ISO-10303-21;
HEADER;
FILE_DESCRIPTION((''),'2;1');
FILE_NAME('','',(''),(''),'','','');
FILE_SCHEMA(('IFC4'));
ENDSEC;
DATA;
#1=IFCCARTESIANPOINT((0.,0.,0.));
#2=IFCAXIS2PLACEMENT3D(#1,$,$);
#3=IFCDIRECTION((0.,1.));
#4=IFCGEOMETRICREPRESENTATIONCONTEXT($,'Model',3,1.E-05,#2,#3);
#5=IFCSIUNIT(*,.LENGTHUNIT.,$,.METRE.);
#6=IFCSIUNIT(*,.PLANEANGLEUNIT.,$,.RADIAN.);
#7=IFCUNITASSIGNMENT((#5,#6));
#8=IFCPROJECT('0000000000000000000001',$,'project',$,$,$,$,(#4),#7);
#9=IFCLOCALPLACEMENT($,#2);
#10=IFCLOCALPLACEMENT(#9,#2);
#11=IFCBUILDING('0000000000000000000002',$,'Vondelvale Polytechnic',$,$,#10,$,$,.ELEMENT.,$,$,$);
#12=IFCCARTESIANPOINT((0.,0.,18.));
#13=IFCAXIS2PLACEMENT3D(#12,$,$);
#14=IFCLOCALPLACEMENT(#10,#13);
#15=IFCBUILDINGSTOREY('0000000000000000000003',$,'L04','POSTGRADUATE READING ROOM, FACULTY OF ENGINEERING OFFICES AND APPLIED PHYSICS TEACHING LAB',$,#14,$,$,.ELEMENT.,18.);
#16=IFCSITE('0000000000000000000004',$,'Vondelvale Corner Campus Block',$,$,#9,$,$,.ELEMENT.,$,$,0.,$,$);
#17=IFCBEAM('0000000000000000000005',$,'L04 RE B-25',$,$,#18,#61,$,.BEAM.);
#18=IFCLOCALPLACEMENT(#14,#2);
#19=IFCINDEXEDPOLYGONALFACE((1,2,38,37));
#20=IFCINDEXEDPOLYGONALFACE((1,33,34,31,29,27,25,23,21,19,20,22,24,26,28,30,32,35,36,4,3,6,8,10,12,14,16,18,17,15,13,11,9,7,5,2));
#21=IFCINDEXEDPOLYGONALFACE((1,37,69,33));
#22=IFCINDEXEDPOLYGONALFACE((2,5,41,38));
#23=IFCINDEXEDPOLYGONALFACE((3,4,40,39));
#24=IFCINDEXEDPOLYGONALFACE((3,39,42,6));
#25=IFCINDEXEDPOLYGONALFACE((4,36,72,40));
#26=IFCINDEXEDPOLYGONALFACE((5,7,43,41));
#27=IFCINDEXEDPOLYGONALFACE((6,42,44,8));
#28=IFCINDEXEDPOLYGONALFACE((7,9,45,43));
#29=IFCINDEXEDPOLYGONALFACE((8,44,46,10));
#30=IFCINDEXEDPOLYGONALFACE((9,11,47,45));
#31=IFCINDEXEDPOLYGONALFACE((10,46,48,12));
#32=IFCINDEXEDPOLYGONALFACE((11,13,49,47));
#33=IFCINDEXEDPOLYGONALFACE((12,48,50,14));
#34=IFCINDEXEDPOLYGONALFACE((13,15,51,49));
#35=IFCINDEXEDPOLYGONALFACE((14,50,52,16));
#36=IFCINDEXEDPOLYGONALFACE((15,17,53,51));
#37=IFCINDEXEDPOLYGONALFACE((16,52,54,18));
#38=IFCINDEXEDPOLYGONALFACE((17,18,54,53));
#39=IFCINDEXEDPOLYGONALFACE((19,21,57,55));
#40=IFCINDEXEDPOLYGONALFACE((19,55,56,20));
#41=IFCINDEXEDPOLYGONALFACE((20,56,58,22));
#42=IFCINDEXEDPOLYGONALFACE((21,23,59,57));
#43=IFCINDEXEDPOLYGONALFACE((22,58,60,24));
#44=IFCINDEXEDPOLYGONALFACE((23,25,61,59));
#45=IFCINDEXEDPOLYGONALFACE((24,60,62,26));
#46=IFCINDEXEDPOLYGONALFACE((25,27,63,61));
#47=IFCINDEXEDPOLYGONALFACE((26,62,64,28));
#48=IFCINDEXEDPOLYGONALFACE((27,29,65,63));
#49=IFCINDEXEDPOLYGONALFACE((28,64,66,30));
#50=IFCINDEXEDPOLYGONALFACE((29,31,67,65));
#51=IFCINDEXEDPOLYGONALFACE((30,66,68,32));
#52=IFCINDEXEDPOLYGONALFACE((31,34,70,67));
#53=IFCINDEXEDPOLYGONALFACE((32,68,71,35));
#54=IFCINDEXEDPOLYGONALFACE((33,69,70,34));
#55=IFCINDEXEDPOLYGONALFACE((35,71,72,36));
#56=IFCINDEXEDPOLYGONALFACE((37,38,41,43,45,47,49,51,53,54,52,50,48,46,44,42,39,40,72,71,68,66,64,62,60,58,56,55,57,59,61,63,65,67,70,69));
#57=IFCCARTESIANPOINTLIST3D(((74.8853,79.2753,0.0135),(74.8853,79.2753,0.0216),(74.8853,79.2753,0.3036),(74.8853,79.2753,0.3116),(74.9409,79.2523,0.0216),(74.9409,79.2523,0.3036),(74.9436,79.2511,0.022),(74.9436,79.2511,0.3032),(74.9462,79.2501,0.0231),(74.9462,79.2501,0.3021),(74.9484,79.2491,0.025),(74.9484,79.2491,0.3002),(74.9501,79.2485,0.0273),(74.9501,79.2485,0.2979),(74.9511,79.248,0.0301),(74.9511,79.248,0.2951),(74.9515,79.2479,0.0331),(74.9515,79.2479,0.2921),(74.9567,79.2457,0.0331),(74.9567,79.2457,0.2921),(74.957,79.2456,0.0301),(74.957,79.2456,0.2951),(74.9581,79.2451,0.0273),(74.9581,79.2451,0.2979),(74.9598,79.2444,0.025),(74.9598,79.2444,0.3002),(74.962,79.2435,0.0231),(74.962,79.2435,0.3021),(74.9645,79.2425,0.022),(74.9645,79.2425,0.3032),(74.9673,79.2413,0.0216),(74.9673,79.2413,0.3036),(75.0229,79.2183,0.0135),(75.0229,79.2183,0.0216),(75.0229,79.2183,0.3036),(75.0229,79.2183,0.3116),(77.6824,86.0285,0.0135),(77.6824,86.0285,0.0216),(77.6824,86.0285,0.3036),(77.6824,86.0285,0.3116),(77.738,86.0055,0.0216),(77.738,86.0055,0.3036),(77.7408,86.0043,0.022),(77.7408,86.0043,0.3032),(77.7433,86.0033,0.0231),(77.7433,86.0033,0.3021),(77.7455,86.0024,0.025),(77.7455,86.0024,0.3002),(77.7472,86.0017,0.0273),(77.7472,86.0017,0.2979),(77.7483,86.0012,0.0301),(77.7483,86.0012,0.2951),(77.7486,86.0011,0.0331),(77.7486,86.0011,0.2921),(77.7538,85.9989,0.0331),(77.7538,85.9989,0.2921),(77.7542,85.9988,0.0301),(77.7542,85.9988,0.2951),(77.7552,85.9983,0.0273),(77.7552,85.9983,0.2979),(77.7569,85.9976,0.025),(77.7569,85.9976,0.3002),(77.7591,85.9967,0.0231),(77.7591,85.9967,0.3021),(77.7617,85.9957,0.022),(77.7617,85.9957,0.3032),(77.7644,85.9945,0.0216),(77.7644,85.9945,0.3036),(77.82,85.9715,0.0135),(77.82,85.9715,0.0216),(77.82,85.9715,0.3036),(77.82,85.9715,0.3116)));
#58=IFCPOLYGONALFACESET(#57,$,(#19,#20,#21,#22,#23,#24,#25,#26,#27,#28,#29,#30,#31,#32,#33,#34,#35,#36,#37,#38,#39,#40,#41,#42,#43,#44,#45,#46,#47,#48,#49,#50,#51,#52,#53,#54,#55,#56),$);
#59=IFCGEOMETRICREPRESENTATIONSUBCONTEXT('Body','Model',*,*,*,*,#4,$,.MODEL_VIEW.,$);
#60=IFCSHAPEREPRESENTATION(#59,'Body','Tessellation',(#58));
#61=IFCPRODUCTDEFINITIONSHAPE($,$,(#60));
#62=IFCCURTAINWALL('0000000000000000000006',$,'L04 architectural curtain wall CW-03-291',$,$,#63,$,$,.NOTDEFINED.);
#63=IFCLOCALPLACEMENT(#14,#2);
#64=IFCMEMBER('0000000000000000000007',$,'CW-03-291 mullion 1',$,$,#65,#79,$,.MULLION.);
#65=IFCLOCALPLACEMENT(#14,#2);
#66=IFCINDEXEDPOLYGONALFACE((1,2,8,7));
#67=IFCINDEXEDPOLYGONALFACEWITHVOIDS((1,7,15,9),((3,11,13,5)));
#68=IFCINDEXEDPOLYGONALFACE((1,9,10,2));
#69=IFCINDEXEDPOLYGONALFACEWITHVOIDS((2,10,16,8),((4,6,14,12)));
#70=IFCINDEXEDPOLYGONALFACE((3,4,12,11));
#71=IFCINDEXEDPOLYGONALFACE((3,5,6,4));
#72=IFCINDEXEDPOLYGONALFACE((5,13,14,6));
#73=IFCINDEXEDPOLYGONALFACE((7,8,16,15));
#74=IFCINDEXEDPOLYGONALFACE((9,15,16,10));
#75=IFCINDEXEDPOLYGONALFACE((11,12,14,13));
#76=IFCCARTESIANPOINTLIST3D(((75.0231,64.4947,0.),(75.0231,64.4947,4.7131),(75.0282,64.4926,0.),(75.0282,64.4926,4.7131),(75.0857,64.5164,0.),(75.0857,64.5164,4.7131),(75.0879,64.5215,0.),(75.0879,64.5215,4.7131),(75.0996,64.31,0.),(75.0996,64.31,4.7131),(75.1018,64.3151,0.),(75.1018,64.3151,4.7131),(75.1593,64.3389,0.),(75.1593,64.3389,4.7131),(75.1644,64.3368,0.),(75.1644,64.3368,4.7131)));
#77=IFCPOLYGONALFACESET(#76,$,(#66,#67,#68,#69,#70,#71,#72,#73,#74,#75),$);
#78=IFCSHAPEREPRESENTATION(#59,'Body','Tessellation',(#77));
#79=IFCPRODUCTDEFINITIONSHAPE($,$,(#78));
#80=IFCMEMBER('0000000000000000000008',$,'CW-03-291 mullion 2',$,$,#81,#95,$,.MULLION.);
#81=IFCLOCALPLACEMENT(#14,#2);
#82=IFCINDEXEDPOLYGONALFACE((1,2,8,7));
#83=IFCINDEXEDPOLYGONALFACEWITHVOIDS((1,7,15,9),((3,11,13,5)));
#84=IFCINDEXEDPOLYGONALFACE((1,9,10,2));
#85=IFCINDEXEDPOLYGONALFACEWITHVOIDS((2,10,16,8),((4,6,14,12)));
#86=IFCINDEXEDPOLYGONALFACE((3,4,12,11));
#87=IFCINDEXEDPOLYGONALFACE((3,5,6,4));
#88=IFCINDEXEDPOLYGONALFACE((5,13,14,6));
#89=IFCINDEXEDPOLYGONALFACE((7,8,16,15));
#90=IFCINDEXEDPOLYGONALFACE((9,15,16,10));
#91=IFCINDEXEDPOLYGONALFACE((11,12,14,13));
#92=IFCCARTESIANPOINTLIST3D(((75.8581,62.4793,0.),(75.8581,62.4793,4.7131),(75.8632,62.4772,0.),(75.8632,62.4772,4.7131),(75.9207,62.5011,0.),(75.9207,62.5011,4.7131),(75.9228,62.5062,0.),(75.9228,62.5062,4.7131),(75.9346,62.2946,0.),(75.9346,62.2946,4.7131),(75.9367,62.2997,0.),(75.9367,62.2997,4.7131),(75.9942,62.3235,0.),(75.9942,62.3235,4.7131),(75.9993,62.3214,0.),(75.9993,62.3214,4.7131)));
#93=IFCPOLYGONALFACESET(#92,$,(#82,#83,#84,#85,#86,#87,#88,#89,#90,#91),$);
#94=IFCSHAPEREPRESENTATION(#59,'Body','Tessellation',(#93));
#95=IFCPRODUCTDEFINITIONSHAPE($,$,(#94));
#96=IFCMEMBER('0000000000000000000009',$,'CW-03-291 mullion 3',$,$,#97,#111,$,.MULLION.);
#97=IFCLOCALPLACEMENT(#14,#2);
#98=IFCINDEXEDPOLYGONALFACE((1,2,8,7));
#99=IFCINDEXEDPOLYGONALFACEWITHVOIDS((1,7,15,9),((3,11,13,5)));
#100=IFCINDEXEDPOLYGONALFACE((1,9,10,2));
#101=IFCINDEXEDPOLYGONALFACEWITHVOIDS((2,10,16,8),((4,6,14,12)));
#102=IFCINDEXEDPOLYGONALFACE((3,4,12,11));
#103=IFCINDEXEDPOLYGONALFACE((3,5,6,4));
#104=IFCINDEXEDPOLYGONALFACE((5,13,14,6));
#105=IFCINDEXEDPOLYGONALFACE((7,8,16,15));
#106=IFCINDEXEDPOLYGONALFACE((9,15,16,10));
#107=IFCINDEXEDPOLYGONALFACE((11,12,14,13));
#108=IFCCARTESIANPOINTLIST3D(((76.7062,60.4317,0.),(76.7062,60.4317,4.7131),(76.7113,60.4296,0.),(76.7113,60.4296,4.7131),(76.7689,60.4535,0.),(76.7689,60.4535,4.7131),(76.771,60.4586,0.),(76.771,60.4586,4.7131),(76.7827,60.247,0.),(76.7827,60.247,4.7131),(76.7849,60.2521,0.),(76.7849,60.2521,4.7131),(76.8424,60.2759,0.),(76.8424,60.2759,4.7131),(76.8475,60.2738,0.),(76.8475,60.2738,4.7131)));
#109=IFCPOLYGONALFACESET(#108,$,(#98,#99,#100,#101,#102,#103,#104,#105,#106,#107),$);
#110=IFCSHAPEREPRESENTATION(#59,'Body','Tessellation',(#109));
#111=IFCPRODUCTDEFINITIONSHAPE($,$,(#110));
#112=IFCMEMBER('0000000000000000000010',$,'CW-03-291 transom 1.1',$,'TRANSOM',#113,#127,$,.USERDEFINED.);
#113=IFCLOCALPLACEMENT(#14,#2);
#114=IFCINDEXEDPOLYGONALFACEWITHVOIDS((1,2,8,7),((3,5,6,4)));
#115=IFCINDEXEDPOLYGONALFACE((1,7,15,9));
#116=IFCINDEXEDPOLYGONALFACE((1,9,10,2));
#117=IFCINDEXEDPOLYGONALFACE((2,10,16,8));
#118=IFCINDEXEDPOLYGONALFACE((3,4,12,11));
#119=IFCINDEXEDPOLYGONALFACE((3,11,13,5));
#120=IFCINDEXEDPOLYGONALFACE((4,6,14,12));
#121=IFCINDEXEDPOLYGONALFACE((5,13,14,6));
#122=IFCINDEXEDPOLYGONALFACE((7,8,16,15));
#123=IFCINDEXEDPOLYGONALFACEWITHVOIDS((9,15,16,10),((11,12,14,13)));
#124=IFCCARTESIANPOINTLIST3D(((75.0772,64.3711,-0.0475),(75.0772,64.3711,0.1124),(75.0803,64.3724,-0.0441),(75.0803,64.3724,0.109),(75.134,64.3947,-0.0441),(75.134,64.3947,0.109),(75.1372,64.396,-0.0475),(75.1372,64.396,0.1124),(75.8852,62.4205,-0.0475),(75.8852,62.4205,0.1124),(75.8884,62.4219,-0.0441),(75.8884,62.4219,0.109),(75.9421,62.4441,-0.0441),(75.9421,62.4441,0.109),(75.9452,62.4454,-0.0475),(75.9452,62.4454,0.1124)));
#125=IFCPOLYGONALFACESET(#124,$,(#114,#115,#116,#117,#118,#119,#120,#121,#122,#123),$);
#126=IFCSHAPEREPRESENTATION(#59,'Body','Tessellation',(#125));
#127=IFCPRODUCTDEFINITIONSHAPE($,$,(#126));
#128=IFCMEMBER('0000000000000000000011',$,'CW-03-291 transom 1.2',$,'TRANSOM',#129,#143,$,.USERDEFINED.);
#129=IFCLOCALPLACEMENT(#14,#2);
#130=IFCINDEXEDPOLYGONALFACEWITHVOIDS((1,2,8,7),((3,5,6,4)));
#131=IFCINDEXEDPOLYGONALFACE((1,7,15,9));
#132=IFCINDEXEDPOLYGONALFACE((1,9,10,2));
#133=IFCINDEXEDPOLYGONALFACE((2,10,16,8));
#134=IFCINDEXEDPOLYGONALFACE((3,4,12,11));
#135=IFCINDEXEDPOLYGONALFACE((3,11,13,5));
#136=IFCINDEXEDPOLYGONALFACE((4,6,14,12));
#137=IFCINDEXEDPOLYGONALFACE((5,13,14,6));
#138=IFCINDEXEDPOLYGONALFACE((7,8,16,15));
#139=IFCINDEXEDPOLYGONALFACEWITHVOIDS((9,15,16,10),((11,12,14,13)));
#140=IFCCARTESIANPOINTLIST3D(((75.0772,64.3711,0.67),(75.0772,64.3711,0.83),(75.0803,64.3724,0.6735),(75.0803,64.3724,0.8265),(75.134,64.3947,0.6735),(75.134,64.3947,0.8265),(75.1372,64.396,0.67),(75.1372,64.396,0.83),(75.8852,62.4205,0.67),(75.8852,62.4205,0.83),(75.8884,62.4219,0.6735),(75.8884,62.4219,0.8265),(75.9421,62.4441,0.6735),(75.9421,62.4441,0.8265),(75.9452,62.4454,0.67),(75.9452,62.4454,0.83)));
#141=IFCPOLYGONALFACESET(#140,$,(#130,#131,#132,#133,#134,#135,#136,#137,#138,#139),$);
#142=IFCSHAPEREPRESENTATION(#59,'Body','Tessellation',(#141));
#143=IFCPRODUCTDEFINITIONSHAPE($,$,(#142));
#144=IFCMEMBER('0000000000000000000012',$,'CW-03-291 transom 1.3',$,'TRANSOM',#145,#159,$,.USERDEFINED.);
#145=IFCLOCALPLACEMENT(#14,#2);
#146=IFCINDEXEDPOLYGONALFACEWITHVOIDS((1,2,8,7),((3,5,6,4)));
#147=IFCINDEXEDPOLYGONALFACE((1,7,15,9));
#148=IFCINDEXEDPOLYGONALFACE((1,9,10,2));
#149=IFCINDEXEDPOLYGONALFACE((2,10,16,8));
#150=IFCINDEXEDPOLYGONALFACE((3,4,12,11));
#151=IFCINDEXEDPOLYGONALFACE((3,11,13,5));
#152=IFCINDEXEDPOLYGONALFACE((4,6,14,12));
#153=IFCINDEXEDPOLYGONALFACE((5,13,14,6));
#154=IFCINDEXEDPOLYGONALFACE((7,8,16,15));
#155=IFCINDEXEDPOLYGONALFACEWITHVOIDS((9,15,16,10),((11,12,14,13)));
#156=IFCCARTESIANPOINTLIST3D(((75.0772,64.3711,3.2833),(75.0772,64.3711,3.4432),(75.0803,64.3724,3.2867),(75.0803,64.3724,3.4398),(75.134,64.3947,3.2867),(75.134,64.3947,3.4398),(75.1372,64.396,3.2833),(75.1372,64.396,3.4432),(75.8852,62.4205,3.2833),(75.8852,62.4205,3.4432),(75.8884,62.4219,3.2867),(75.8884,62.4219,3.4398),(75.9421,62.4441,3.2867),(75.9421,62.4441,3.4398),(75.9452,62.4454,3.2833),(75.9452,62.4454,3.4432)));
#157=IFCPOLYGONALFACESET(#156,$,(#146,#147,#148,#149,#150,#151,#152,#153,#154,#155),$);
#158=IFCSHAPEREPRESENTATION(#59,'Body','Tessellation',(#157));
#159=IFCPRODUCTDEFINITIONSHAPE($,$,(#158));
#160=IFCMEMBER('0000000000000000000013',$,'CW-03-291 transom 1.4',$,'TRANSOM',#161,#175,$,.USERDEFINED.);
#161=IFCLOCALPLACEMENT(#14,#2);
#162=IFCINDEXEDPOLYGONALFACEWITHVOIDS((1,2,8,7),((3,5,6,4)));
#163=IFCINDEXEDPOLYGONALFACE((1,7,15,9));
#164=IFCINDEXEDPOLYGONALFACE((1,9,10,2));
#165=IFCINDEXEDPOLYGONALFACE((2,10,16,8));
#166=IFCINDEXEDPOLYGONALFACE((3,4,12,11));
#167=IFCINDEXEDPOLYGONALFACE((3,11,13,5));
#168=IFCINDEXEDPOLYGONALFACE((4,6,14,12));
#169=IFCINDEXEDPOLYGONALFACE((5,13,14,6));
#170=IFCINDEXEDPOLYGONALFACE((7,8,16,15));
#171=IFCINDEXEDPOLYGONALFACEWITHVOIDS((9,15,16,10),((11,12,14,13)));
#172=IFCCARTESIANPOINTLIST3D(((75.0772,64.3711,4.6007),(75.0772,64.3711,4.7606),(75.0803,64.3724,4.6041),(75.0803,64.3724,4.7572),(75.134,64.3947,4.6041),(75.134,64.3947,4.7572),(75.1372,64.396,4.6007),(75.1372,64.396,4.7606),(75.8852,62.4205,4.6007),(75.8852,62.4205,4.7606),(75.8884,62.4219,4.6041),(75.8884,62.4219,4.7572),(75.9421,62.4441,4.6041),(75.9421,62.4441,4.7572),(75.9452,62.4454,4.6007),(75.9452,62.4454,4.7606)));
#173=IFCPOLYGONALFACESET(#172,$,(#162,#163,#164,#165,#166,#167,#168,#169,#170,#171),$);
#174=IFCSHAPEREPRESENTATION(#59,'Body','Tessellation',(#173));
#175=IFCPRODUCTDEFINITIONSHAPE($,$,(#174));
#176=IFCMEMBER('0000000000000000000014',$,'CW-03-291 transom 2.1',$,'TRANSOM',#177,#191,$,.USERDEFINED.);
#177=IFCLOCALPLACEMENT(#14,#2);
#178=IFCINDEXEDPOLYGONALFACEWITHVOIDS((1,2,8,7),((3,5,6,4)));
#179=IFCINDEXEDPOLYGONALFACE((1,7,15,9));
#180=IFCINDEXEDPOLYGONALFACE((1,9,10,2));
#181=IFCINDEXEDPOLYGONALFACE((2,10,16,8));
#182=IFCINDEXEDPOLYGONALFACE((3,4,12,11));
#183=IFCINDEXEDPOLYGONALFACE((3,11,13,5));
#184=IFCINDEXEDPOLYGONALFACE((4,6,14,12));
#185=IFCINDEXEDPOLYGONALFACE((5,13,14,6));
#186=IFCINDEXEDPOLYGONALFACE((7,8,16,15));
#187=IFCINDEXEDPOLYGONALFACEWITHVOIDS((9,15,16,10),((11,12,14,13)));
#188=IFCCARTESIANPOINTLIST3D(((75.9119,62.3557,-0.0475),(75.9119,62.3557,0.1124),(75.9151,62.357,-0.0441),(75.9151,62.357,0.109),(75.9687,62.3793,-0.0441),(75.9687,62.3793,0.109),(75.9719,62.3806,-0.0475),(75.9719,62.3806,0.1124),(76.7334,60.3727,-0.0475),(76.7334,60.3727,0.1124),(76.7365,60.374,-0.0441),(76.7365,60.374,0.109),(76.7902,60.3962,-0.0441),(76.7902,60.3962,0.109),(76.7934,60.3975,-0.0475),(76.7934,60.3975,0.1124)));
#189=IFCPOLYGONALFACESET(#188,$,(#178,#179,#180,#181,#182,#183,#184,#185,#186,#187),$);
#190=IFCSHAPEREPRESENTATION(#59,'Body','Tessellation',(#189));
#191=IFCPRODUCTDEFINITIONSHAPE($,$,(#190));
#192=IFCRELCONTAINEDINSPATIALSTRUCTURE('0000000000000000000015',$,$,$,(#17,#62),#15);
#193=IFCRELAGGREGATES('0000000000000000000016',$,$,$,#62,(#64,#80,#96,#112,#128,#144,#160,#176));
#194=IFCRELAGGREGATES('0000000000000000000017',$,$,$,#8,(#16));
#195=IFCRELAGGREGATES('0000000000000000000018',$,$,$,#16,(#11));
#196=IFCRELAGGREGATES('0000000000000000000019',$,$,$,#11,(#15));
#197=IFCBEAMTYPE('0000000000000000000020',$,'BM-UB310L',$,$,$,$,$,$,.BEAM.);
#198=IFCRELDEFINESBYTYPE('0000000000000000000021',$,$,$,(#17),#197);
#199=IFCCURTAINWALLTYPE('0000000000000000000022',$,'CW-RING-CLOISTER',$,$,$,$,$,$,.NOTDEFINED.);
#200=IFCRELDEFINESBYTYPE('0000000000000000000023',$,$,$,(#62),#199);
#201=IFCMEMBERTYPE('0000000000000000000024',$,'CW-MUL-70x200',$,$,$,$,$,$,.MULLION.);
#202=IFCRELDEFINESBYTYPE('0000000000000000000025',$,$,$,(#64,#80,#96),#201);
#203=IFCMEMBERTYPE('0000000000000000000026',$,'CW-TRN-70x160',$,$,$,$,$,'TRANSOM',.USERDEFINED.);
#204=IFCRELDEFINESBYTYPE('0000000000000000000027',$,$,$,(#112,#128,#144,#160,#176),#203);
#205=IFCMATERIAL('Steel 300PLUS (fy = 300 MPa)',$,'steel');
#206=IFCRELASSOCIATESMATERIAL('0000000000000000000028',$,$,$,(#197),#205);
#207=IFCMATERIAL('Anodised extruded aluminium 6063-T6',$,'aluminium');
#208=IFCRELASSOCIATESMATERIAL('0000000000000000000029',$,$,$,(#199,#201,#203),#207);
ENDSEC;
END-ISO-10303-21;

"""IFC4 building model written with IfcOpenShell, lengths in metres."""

from ifc_helpers import new_model, si_unit, direction, frame, origin, origin_2d, place, context, subcontext, project, spatial, hollow_rectangle, i_section, extrude, material, material_profile, profile_set, type_object, element, aggregate, save


model = new_model("IFC4")

# Units and contexts
model_context = context("Model", 3, precision=1e-05, world=origin(), true_north=direction((0.0, 1.0)))
body_context = subcontext(model_context, "Body", "Model", "MODEL_VIEW")
ifc_project = project(units=[si_unit("LENGTHUNIT", "METRE"), si_unit("PLANEANGLEUNIT", "RADIAN")], contexts=[model_context])

# Site, building, storey
site_placement = place(None, origin())
site = spatial("IfcSite", under=ifc_project, at=site_placement, Name="Vondelvale Corner Campus Block", CompositionType="ELEMENT", RefElevation=0.0)
building_placement = place(site_placement, origin())
building = spatial("IfcBuilding", under=site, at=building_placement, Name="Vondelvale Polytechnic", CompositionType="ELEMENT")
storey_placement = place(building_placement, frame((0.0, 0.0, 18.0)))
storey = spatial("IfcBuildingStorey", under=building, at=storey_placement, Name="L04", Description="POSTGRADUATE READING ROOM, FACULTY OF ENGINEERING OFFICES AND APPLIED PHYSICS TEACHING LAB", CompositionType="ELEMENT", Elevation=18.0)

# Beam
ifc_material_1 = material(Name="Steel 300PLUS (fy = 300 MPa)", Category="steel")
ifc_material_profile_1 = material_profile(ifc_material_1, i_section(OverallWidth=0.1489, OverallDepth=0.2981, WebThickness=0.0056, FlangeThickness=0.0081, FilletRadius=0.0115, at=origin_2d()), Name="310UB32.0")
ifc_profile_set_1 = profile_set([ifc_material_profile_1], Name="Steel 300PLUS (fy = 300 MPa)")
beam_type = type_object("IfcBeamType", Name="BM-UB310L", PredefinedType="BEAM", material=ifc_profile_set_1)
beam_placement = place(storey_placement, frame((77.7512, 86.0, 0.1626), z_axis=(-0.382667, -0.923886, 0.0), x_axis=(0.923886, -0.382667, 0.0)))
element("IfcBeam", 1, at=beam_placement, inside=storey, type_object=beam_type, Name="L04 RE B-25", PredefinedType="BEAM", context=body_context, shape_type="SweptSolid", body=[
    extrude(i_section(OverallWidth=0.1489, OverallDepth=0.2981, WebThickness=0.0056, FlangeThickness=0.0081, FilletRadius=0.0115, at=origin_2d()), origin(), (0.0, 0.0, 1.0), 7.3096),
])

# Curtain wall, members
ifc_material_2 = material(Name="Anodised extruded aluminium 6063-T6", Category="aluminium")
curtain_wall_type = type_object("IfcCurtainWallType", Name="CW-RING-CLOISTER", PredefinedType="NOTDEFINED", material=ifc_material_2)
curtain_wall_placement = place(storey_placement, origin())
curtain_wall = element("IfcCurtainWall", 2, at=curtain_wall_placement, inside=storey, type_object=curtain_wall_type, Name="L04 architectural curtain wall CW-03-291", PredefinedType="NOTDEFINED")
ifc_material_profile_2 = material_profile(ifc_material_2, hollow_rectangle(XDim=0.0701, YDim=0.2, WallThickness=0.0039, at=origin_2d()), Name="CW-MUL-200x70")
ifc_profile_set_2 = profile_set([ifc_material_profile_2], Name="Anodised extruded aluminium 6063-T6")
member_type_1 = type_object("IfcMemberType", Name="CW-MUL-70x200", PredefinedType="MULLION", material=ifc_profile_set_2)
member_1_placement = place(storey_placement, frame((75.0938, 64.4158, 0.0), z_axis=(0.0, 0.0, 1.0), x_axis=(0.923882, 0.382679, 0.0)))
member_1 = element("IfcMember", 3, at=member_1_placement, type_object=member_type_1, Name="CW-03-291 mullion 1", PredefinedType="MULLION", context=body_context, shape_type="SweptSolid", body=[
    extrude(hollow_rectangle(XDim=0.0701, YDim=0.2, WallThickness=0.0039, at=origin_2d()), origin(), (0.0, 0.0, 1.0), 4.7131),
])
member_2_placement = place(storey_placement, frame((75.9287, 62.4004, 0.0), z_axis=(0.0, 0.0, 1.0), x_axis=(0.923882, 0.382679, 0.0)))
member_2 = element("IfcMember", 4, at=member_2_placement, type_object=member_type_1, Name="CW-03-291 mullion 2", PredefinedType="MULLION", context=body_context, shape_type="SweptSolid", body=[
    extrude(hollow_rectangle(XDim=0.0701, YDim=0.2, WallThickness=0.0039, at=origin_2d()), origin(), (0.0, 0.0, 1.0), 4.7131),
])
member_3_placement = place(storey_placement, frame((76.7769, 60.3528, 0.0), z_axis=(0.0, 0.0, 1.0), x_axis=(0.923882, 0.382679, 0.0)))
member_3 = element("IfcMember", 5, at=member_3_placement, type_object=member_type_1, Name="CW-03-291 mullion 3", PredefinedType="MULLION", context=body_context, shape_type="SweptSolid", body=[
    extrude(hollow_rectangle(XDim=0.0701, YDim=0.2, WallThickness=0.0039, at=origin_2d()), origin(), (0.0, 0.0, 1.0), 4.7131),
])
ifc_material_profile_3 = material_profile(ifc_material_2, hollow_rectangle(XDim=0.0649, YDim=0.1599, WallThickness=0.0034, at=origin_2d()), Name="CW-TRN-160x65")
ifc_profile_set_3 = profile_set([ifc_material_profile_3], Name="Anodised extruded aluminium 6063-T6")
member_type_2 = type_object("IfcMemberType", Name="CW-TRN-70x160", ElementType="TRANSOM", PredefinedType="USERDEFINED", material=ifc_profile_set_3)
member_4_placement = place(storey_placement, frame((75.1072, 64.3835, 0.0325), z_axis=(0.382726, -0.923862, 0.0), x_axis=(0.923862, 0.382726, 0.0)))
member_4 = element("IfcMember", 6, at=member_4_placement, type_object=member_type_2, Name="CW-03-291 transom 1.1", ObjectType="TRANSOM", PredefinedType="USERDEFINED", context=body_context, shape_type="SweptSolid", body=[
    extrude(hollow_rectangle(XDim=0.0649, YDim=0.1599, WallThickness=0.0034, at=origin_2d()), origin(), (0.0, 0.0, 1.0), 2.1113),
])
member_5_placement = place(storey_placement, frame((75.1072, 64.3835, 0.75), z_axis=(0.382726, -0.923862, 0.0), x_axis=(0.923862, 0.382726, 0.0)))
member_5 = element("IfcMember", 7, at=member_5_placement, type_object=member_type_2, Name="CW-03-291 transom 1.2", ObjectType="TRANSOM", PredefinedType="USERDEFINED", context=body_context, shape_type="SweptSolid", body=[
    extrude(hollow_rectangle(XDim=0.0649, YDim=0.1599, WallThickness=0.0034, at=origin_2d()), origin(), (0.0, 0.0, 1.0), 2.1113),
])
member_6_placement = place(storey_placement, frame((75.1072, 64.3835, 3.3633), z_axis=(0.382726, -0.923862, 0.0), x_axis=(0.923862, 0.382726, 0.0)))
member_6 = element("IfcMember", 8, at=member_6_placement, type_object=member_type_2, Name="CW-03-291 transom 1.3", ObjectType="TRANSOM", PredefinedType="USERDEFINED", context=body_context, shape_type="SweptSolid", body=[
    extrude(hollow_rectangle(XDim=0.0649, YDim=0.1599, WallThickness=0.0034, at=origin_2d()), origin(), (0.0, 0.0, 1.0), 2.1113),
])
member_7_placement = place(storey_placement, frame((75.1072, 64.3835, 4.6807), z_axis=(0.382726, -0.923862, 0.0), x_axis=(0.923862, 0.382726, 0.0)))
member_7 = element("IfcMember", 9, at=member_7_placement, type_object=member_type_2, Name="CW-03-291 transom 1.4", ObjectType="TRANSOM", PredefinedType="USERDEFINED", context=body_context, shape_type="SweptSolid", body=[
    extrude(hollow_rectangle(XDim=0.0649, YDim=0.1599, WallThickness=0.0034, at=origin_2d()), origin(), (0.0, 0.0, 1.0), 2.1113),
])
member_8_placement = place(storey_placement, frame((75.9419, 62.3682, 0.0325), z_axis=(0.382717, -0.923866, 0.0), x_axis=(0.923866, 0.382717, 0.0)))
member_8 = element("IfcMember", 10, at=member_8_placement, type_object=member_type_2, Name="CW-03-291 transom 2.1", ObjectType="TRANSOM", PredefinedType="USERDEFINED", context=body_context, shape_type="SweptSolid", body=[
    extrude(hollow_rectangle(XDim=0.0649, YDim=0.1599, WallThickness=0.0034, at=origin_2d()), origin(), (0.0, 0.0, 1.0), 2.1465),
])

aggregate(curtain_wall, [member_1, member_2, member_3, member_4, member_5, member_6, member_7, member_8])

save(model, "model.ifc")
